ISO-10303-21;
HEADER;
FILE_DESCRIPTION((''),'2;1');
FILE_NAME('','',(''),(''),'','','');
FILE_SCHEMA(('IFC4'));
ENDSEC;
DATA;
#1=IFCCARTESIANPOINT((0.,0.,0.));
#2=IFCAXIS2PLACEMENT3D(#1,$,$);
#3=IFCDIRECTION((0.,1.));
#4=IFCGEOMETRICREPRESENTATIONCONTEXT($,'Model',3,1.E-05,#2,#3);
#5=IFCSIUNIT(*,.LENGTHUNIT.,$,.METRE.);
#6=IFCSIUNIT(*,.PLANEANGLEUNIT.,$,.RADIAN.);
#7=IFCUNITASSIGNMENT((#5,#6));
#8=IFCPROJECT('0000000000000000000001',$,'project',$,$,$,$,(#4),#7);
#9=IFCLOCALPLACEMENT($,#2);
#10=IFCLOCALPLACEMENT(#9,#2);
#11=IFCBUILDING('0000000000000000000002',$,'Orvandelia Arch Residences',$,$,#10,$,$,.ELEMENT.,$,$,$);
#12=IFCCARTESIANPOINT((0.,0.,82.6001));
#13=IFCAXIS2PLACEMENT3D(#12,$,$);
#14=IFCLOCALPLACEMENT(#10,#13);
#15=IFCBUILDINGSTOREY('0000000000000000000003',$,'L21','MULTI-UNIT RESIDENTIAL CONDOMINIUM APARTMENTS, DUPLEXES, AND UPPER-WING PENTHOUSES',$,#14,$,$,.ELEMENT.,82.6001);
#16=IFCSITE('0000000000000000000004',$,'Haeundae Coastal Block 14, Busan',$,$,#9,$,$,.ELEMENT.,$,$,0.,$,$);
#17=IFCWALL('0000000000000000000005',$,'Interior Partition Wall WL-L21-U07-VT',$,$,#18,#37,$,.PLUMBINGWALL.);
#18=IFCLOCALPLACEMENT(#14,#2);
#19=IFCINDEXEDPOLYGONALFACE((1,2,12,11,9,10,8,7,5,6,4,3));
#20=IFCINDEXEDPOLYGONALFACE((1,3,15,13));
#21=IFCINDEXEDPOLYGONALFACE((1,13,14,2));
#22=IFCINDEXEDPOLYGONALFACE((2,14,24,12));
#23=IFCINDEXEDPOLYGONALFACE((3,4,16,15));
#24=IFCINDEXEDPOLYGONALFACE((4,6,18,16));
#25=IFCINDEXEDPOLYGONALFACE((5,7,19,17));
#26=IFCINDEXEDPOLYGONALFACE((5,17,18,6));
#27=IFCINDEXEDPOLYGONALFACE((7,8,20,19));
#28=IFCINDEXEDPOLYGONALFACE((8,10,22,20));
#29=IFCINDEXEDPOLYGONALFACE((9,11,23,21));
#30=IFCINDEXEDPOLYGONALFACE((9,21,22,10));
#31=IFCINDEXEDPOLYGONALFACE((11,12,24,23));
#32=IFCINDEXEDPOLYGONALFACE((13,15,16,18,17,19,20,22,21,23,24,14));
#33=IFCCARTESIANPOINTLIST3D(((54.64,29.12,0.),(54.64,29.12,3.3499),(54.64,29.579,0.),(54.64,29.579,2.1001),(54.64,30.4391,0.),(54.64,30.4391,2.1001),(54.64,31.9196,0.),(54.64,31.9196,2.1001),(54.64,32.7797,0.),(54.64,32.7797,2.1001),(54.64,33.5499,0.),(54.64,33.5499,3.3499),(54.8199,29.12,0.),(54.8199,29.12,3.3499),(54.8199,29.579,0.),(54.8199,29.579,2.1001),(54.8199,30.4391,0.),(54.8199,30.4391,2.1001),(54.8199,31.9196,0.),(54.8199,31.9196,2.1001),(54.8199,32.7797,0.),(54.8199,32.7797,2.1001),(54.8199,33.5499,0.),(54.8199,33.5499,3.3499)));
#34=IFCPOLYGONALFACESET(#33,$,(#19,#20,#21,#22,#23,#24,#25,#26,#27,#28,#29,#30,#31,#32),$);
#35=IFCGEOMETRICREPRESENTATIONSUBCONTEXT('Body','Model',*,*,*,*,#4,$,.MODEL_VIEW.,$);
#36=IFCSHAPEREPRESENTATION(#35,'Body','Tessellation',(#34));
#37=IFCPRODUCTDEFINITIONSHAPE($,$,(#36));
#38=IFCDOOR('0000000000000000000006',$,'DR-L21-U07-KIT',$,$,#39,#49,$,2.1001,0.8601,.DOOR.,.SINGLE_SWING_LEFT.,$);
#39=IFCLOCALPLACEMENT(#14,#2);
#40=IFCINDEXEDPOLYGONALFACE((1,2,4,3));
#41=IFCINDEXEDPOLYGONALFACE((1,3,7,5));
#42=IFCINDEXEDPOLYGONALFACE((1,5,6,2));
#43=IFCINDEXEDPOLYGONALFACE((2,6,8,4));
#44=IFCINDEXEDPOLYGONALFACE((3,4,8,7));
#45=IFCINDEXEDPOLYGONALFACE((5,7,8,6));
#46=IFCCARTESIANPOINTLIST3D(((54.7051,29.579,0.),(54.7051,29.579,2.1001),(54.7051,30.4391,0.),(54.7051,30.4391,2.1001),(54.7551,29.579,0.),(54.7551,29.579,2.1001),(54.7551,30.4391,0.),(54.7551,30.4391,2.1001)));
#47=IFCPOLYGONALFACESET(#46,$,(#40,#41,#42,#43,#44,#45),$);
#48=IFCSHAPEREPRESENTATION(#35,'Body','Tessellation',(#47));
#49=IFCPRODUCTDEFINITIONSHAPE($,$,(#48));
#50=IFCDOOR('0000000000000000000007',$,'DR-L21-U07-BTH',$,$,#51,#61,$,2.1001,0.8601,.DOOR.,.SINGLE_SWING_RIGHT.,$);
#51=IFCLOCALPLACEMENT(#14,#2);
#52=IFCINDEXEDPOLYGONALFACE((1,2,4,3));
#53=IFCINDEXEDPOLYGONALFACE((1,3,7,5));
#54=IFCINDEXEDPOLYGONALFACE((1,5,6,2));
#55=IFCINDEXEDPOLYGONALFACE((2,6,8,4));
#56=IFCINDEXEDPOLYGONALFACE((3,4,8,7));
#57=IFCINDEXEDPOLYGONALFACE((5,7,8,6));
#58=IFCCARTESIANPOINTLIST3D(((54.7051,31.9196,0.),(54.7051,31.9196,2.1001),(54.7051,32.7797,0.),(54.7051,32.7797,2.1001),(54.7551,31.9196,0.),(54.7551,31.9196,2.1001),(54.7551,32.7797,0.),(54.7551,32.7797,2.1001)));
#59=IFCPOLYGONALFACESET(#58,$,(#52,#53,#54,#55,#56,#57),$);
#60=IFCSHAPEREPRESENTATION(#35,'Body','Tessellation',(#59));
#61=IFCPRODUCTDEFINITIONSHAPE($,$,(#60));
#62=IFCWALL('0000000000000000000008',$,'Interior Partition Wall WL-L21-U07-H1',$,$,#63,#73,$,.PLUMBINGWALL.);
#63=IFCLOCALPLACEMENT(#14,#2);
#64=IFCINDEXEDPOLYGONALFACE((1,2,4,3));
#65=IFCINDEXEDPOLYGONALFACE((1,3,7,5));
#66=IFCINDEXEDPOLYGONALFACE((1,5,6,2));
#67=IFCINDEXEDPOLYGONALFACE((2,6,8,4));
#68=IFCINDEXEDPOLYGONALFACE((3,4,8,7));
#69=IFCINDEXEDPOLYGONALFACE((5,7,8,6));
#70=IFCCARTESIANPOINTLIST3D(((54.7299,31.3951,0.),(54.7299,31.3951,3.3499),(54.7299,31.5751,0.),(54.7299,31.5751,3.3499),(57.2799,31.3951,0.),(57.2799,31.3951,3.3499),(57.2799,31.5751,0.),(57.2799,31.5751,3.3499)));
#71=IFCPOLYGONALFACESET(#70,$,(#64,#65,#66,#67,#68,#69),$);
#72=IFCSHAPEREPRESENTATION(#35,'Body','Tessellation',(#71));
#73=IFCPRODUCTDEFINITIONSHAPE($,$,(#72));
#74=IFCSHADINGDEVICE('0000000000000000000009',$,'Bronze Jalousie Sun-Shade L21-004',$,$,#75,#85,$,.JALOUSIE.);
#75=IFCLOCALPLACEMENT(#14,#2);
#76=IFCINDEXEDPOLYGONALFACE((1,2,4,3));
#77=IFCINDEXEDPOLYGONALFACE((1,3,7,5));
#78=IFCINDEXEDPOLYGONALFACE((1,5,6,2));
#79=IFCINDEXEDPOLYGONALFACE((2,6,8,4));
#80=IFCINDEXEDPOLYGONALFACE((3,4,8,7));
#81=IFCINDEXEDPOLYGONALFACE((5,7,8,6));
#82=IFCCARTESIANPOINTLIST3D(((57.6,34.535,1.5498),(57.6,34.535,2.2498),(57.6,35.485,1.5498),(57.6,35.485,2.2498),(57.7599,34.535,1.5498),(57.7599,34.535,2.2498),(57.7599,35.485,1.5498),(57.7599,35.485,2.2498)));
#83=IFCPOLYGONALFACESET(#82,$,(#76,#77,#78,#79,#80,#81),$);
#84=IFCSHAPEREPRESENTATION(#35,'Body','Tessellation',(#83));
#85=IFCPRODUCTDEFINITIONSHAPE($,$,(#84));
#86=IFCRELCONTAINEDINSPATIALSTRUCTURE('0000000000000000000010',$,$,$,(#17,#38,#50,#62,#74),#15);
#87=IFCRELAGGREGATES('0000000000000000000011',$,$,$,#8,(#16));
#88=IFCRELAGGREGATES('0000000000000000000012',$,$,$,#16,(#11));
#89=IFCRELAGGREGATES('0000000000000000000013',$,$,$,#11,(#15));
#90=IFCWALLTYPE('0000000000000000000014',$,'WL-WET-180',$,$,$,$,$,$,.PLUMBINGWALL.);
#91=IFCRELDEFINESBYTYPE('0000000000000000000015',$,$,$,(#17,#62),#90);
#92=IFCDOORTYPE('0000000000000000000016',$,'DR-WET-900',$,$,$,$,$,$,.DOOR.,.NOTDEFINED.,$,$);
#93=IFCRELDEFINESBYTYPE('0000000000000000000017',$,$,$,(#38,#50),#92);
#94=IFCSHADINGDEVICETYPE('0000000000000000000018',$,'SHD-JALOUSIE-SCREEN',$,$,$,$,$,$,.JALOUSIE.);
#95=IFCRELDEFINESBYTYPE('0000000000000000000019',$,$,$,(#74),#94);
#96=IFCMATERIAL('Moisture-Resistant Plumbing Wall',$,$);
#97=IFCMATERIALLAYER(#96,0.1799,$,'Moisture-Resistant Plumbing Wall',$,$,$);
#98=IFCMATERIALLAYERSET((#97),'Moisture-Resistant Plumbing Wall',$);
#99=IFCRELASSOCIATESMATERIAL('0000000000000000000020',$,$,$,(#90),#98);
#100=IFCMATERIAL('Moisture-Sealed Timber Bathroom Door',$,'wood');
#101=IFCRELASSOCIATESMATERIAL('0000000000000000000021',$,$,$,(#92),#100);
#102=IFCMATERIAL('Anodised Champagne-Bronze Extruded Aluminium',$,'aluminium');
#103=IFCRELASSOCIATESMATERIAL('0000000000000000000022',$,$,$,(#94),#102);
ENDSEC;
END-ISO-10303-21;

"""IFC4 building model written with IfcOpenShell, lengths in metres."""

from ifc_helpers import new_model, si_unit, direction, frame, frame_2d, origin, origin_2d, place, context, subcontext, project, spatial, rectangle, extrude, material, layer, layer_set, type_object, element, fill, save


model = new_model("IFC4")

# Units and contexts
model_context = context("Model", 3, precision=1e-05, world=origin(), true_north=direction((0.0, 1.0)))
body_context = subcontext(model_context, "Body", "Model", "MODEL_VIEW")
ifc_project = project(units=[si_unit("LENGTHUNIT", "METRE"), si_unit("PLANEANGLEUNIT", "RADIAN")], contexts=[model_context])

# Site, building, storey
site_placement = place(None, origin())
site = spatial("IfcSite", under=ifc_project, at=site_placement, Name="Haeundae Coastal Block 14, Busan", CompositionType="ELEMENT", RefElevation=0.0)
building_placement = place(site_placement, origin())
building = spatial("IfcBuilding", under=site, at=building_placement, Name="Orvandelia Arch Residences", CompositionType="ELEMENT")
storey_placement = place(building_placement, frame((0.0, 0.0, 82.6001)))
storey = spatial("IfcBuildingStorey", under=building, at=storey_placement, Name="L21", Description="MULTI-UNIT RESIDENTIAL CONDOMINIUM APARTMENTS, DUPLEXES, AND UPPER-WING PENTHOUSES", CompositionType="ELEMENT", Elevation=82.6001)

# Wall, openings, doors
ifc_material_1 = material(Name="Moisture-Resistant Plumbing Wall")
ifc_layer_1 = layer(ifc_material_1, 0.1799, Name="Moisture-Resistant Plumbing Wall")
ifc_layer_set_1 = layer_set([ifc_layer_1], Name="Moisture-Resistant Plumbing Wall")
wall_type_1 = type_object("IfcWallType", Name="WL-WET-180", PredefinedType="PLUMBINGWALL", material=ifc_layer_set_1)
wall_1_placement = place(storey_placement, frame((54.73, 29.1201, 0.0), z_axis=(0.0, 0.0, 1.0), x_axis=(0.0, 1.0, 0.0)))
wall_1 = element("IfcWall", 1, at=wall_1_placement, inside=storey, type_object=wall_type_1, Name="Interior Partition Wall WL-L21-U07-VT", PredefinedType="PLUMBINGWALL", context=body_context, shape_type="SweptSolid", body=[
    extrude(rectangle(XDim=4.4299, YDim=0.1799, at=frame_2d((2.2148, 0.0))), origin(), (0.0, 0.0, 1.0), 3.3499),
])
opening_1_placement = place(wall_1_placement, frame((0.4587, 0.0, 0.0)))
opening_1 = element("IfcOpeningElement", 2, at=opening_1_placement, cuts=wall_1, PredefinedType="OPENING", context=body_context, shape_type="SweptSolid", body=[
    extrude(rectangle(XDim=0.8601, YDim=2.1001, at=frame_2d((0.4302, 1.05))), frame((0.0, 0.1001, 0.0), z_axis=(0.0, -1.0, 0.0), x_axis=(1.0, 0.0, 0.0)), (0.0, 0.0, 1.0), 0.2),
])
opening_2_placement = place(wall_1_placement, frame((2.7993, 0.0, 0.0)))
opening_2 = element("IfcOpeningElement", 3, at=opening_2_placement, cuts=wall_1, PredefinedType="OPENING", context=body_context, shape_type="SweptSolid", body=[
    extrude(rectangle(XDim=0.8601, YDim=2.1001, at=frame_2d((0.4302, 1.05))), frame((0.0, 0.1001, 0.0), z_axis=(0.0, -1.0, 0.0), x_axis=(1.0, 0.0, 0.0)), (0.0, 0.0, 1.0), 0.2),
])
ifc_material_2 = material(Name="Moisture-Sealed Timber Bathroom Door", Category="wood")
door_type = type_object("IfcDoorType", Name="DR-WET-900", OperationType="NOTDEFINED", PredefinedType="DOOR", material=ifc_material_2)
door_1_placement = place(opening_1_placement, origin())
door_1 = element("IfcDoor", 4, at=door_1_placement, inside=storey, type_object=door_type, Name="DR-L21-U07-KIT", OperationType="SINGLE_SWING_LEFT", OverallHeight=2.1001, OverallWidth=0.8601, PredefinedType="DOOR", context=body_context, shape_type="SweptSolid", body=[
    extrude(rectangle(XDim=0.8601, YDim=2.1001, at=frame_2d((0.4302, 1.05))), frame((0.0, 0.0249, 0.0), z_axis=(0.0, -1.0, 0.0), x_axis=(1.0, 0.0, 0.0)), (0.0, 0.0, 1.0), 0.05),
])
fill(opening_1, door_1)
door_2_placement = place(opening_2_placement, origin())
door_2 = element("IfcDoor", 5, at=door_2_placement, inside=storey, type_object=door_type, Name="DR-L21-U07-BTH", OperationType="SINGLE_SWING_RIGHT", OverallHeight=2.1001, OverallWidth=0.8601, PredefinedType="DOOR", context=body_context, shape_type="SweptSolid", body=[
    extrude(rectangle(XDim=0.8601, YDim=2.1001, at=frame_2d((0.4302, 1.05))), frame((0.0, 0.0249, 0.0), z_axis=(0.0, -1.0, 0.0), x_axis=(1.0, 0.0, 0.0)), (0.0, 0.0, 1.0), 0.05),
])
fill(opening_2, door_2)

# Wall
wall_2_placement = place(storey_placement, frame((54.73, 31.4851, 0.0), z_axis=(0.0, 0.0, 1.0), x_axis=(1.0, 0.0, 0.0)))
element("IfcWall", 6, at=wall_2_placement, inside=storey, type_object=wall_type_1, Name="Interior Partition Wall WL-L21-U07-H1", PredefinedType="PLUMBINGWALL", context=body_context, shape_type="SweptSolid", body=[
    extrude(rectangle(XDim=2.55, YDim=0.1799, at=frame_2d((1.2749, 0.0))), origin(), (0.0, 0.0, 1.0), 3.3499),
])

# Shading device
ifc_material_3 = material(Name="Anodised Champagne-Bronze Extruded Aluminium", Category="aluminium")
shading_device_type = type_object("IfcShadingDeviceType", Name="SHD-JALOUSIE-SCREEN", PredefinedType="JALOUSIE", material=ifc_material_3)
shading_device_placement = place(storey_placement, frame((57.6799, 35.01, 1.5498), z_axis=(0.0, 0.0, 1.0), x_axis=(0.0, -1.0, 0.0)))
element("IfcShadingDevice", 7, at=shading_device_placement, inside=storey, type_object=shading_device_type, Name="Bronze Jalousie Sun-Shade L21-004", PredefinedType="JALOUSIE", context=body_context, shape_type="SweptSolid", body=[
    extrude(rectangle(XDim=0.95, YDim=0.1599, at=origin_2d()), origin(), (0.0, 0.0, 1.0), 0.7),
])

save(model, "model.ifc")
